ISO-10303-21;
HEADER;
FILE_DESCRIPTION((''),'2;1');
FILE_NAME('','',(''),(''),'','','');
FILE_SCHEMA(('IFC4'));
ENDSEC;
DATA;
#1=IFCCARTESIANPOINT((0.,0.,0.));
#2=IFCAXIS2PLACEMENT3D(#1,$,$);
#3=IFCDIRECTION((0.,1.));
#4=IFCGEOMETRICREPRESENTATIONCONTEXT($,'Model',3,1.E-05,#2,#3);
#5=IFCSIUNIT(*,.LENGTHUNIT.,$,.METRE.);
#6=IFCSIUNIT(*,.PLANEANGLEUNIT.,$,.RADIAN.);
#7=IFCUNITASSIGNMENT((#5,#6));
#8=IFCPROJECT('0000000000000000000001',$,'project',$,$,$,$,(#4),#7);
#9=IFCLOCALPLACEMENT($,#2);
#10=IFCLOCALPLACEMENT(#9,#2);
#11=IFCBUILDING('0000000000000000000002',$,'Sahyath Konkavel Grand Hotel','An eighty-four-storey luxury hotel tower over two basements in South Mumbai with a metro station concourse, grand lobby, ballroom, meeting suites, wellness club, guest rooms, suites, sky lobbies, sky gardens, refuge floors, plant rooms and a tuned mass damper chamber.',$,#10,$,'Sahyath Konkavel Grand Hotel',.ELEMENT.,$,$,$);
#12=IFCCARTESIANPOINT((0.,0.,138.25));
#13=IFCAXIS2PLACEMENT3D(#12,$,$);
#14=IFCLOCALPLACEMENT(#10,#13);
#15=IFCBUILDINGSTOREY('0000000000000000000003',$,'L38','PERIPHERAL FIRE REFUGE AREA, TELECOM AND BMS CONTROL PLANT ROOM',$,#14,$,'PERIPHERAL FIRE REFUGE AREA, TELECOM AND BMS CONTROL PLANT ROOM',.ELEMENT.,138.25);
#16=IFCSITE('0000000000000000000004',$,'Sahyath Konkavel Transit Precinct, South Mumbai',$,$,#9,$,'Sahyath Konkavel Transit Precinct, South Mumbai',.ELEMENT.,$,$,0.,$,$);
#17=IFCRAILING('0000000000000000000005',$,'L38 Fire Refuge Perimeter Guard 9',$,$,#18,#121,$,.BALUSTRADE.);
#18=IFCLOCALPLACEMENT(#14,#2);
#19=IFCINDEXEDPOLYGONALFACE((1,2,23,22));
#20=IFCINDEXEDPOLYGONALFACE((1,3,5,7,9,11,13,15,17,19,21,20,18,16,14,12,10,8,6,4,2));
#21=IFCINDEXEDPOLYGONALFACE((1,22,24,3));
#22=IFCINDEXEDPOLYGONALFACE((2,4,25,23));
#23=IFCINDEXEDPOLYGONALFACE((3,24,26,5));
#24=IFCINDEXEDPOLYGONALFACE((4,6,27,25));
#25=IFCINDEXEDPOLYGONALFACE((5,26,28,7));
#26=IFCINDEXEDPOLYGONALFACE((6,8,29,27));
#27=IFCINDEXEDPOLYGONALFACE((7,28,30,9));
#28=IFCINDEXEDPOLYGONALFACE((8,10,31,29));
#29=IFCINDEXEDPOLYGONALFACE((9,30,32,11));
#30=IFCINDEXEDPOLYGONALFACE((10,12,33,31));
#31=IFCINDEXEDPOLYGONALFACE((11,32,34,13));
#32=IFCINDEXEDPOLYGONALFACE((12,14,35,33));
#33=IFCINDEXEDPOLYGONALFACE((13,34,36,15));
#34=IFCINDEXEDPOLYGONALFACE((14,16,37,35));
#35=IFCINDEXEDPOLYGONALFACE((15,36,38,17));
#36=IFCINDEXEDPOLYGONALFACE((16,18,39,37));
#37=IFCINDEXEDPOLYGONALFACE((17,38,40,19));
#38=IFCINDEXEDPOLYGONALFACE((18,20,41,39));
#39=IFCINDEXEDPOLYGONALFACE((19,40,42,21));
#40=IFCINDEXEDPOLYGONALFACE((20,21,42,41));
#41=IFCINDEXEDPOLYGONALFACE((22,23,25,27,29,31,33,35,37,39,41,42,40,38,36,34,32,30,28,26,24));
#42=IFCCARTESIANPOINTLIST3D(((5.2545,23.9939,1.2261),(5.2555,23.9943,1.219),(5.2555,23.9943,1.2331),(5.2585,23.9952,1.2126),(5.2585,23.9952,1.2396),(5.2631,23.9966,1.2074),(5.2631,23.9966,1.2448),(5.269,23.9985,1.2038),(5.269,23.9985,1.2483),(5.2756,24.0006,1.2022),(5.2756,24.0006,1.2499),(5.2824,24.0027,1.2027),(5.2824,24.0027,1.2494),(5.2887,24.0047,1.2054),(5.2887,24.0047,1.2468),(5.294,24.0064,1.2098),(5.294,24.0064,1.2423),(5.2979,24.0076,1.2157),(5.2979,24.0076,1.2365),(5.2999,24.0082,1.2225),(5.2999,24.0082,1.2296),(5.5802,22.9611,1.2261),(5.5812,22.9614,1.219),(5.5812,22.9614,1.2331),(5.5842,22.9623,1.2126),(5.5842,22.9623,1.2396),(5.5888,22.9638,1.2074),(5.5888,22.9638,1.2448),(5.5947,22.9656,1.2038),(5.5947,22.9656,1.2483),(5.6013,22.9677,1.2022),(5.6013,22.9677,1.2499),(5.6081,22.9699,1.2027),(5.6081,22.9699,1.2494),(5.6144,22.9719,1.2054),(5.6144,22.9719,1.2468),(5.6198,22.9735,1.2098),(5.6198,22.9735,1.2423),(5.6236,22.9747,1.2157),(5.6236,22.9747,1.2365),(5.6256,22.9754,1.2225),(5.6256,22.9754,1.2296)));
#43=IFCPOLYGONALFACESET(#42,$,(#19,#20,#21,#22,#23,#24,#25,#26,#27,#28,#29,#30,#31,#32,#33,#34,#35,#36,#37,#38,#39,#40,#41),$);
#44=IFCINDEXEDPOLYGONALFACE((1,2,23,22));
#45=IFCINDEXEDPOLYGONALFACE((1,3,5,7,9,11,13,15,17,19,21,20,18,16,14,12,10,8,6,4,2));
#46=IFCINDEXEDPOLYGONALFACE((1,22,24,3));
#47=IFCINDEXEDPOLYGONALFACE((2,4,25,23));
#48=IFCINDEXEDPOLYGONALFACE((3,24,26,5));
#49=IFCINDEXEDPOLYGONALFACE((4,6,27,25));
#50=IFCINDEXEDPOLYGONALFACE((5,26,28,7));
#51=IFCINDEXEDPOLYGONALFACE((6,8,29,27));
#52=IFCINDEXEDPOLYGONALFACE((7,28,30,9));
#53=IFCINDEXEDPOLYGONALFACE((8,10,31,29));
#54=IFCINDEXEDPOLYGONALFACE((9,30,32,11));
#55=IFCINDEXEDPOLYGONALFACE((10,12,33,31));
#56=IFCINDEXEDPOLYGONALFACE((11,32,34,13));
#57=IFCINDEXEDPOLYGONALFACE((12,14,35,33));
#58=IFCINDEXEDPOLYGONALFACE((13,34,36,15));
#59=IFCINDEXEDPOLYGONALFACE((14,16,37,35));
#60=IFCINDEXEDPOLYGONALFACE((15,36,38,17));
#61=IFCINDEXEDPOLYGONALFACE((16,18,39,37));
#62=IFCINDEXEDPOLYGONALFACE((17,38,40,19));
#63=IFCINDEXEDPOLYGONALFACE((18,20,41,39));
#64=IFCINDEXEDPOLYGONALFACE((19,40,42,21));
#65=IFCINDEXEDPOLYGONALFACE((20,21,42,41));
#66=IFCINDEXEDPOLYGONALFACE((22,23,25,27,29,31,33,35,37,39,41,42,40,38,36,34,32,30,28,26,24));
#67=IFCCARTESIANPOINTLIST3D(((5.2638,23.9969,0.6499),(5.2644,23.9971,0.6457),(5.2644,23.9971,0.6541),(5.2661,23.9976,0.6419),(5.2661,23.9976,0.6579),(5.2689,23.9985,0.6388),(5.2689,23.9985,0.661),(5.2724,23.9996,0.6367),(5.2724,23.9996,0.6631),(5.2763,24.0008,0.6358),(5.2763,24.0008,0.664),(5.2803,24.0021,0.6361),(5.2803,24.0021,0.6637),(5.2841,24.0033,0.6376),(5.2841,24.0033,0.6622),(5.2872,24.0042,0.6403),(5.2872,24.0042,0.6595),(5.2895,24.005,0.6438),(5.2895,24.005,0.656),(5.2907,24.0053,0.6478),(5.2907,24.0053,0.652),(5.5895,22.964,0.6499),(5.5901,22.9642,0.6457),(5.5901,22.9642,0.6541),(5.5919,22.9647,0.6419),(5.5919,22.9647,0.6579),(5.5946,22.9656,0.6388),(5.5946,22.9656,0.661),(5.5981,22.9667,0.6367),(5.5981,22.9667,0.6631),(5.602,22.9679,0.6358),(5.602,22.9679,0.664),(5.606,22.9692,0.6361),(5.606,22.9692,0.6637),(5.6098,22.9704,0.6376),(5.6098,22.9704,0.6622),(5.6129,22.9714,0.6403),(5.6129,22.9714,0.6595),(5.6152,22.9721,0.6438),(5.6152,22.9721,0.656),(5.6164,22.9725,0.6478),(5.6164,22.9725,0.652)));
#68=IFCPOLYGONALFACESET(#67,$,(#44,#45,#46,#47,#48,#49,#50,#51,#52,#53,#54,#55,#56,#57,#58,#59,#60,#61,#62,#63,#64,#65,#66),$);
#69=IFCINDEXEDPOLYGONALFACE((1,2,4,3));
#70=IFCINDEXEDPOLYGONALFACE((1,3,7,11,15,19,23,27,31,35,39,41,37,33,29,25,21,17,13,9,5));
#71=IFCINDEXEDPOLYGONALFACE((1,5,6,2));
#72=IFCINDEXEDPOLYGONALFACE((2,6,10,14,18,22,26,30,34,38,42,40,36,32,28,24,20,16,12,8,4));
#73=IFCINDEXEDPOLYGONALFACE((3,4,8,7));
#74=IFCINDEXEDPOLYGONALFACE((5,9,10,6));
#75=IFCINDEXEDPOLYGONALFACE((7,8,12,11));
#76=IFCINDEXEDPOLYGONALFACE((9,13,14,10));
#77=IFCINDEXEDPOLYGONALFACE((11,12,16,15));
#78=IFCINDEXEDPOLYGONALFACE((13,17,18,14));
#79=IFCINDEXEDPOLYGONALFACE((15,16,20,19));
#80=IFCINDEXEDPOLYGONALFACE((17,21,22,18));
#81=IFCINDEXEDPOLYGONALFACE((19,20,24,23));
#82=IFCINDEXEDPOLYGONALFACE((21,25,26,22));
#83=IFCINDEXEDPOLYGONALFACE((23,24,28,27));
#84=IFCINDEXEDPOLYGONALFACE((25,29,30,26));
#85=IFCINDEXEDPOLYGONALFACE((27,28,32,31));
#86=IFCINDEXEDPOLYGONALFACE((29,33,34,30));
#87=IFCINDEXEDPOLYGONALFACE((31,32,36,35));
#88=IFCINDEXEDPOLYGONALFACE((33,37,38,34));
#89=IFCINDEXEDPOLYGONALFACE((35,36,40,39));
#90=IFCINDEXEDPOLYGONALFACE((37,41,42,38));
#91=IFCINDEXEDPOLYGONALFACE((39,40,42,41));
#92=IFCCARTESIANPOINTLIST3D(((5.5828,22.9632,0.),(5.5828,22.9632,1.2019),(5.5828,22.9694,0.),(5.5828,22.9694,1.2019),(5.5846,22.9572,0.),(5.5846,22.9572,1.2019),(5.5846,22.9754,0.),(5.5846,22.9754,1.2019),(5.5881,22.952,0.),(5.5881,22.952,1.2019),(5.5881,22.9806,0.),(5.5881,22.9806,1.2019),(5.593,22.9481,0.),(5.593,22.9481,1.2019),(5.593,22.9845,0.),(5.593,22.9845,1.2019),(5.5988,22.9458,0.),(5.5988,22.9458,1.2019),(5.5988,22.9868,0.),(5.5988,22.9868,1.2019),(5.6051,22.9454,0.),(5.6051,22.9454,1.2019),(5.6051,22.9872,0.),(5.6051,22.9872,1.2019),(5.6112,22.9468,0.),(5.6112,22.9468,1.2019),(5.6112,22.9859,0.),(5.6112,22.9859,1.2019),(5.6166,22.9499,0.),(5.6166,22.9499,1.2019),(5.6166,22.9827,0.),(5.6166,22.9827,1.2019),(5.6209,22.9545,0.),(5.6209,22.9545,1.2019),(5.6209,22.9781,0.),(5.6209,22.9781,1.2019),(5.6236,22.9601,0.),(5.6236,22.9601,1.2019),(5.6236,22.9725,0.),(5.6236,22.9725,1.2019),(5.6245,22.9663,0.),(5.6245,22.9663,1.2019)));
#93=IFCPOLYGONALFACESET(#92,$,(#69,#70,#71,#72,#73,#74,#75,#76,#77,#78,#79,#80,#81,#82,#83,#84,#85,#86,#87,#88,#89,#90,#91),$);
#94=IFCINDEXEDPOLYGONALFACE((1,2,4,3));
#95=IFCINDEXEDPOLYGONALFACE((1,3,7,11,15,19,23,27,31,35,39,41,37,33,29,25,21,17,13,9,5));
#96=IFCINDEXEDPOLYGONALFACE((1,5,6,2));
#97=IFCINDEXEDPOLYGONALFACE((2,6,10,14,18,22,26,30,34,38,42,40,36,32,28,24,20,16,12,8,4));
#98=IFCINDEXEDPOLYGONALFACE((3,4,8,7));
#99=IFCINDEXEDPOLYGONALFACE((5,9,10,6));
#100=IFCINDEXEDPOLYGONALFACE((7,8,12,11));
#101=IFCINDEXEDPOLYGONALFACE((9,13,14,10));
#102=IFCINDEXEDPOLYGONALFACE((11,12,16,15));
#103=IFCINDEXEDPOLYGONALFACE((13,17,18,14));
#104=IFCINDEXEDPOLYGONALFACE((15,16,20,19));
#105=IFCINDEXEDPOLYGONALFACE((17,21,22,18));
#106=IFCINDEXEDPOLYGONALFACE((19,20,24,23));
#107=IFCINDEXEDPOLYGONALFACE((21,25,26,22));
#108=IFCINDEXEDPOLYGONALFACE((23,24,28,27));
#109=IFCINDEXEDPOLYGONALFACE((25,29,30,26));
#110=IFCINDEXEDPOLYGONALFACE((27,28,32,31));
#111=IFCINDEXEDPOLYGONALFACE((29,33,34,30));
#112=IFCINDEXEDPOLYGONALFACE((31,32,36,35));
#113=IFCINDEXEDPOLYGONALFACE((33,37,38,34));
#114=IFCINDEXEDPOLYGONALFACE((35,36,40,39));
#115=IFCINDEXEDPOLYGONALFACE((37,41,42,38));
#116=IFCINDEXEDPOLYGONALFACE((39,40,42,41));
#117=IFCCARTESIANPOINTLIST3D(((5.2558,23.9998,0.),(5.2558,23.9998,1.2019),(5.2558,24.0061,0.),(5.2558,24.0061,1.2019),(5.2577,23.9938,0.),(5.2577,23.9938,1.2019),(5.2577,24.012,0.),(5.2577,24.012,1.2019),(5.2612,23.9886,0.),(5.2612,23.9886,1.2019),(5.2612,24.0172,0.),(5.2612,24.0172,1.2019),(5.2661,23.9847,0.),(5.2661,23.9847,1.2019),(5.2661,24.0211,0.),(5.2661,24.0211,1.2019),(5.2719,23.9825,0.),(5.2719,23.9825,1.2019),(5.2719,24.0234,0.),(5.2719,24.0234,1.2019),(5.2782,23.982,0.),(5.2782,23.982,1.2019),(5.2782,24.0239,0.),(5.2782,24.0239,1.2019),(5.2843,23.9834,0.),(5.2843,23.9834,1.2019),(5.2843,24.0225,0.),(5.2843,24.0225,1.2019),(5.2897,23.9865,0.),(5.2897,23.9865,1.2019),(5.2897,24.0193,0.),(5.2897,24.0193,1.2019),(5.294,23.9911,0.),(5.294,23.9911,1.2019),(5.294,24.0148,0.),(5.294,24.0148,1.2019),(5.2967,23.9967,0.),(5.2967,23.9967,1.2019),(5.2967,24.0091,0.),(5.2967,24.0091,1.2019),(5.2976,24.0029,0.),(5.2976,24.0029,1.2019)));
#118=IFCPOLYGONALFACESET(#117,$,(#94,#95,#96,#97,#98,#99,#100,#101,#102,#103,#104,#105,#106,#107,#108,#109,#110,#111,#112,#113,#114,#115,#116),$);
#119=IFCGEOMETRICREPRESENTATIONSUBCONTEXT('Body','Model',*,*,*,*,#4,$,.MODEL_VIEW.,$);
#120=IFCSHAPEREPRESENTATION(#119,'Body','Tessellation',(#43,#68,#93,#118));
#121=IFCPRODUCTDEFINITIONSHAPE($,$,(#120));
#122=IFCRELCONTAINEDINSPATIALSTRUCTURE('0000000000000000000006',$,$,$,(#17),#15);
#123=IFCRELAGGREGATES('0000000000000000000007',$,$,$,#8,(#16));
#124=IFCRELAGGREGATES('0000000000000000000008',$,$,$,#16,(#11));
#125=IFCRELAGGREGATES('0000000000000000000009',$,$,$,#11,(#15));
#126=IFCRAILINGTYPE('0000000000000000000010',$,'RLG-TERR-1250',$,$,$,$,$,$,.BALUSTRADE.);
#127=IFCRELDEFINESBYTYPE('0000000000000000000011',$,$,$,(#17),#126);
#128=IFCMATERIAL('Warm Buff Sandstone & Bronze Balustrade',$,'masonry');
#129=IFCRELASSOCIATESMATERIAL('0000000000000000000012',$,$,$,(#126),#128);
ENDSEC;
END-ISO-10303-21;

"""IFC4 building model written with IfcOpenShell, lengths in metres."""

from ifc_helpers import new_model, si_unit, direction, frame, origin, origin_2d, place, context, subcontext, project, spatial, circle, extrude, material, type_object, element, save


model = new_model("IFC4")

# Units and contexts
model_context = context("Model", 3, precision=1e-05, world=origin(), true_north=direction((0.0, 1.0)))
body_context = subcontext(model_context, "Body", "Model", "MODEL_VIEW")
ifc_project = project(units=[si_unit("LENGTHUNIT", "METRE"), si_unit("PLANEANGLEUNIT", "RADIAN")], contexts=[model_context])

# Site, building, storey
site_placement = place(None, origin())
site = spatial("IfcSite", under=ifc_project, at=site_placement, Name="Sahyath Konkavel Transit Precinct, South Mumbai", LongName="Sahyath Konkavel Transit Precinct, South Mumbai", CompositionType="ELEMENT", RefElevation=0.0)
building_placement = place(site_placement, origin())
building = spatial("IfcBuilding", under=site, at=building_placement, Name="Sahyath Konkavel Grand Hotel", Description="An eighty-four-storey luxury hotel tower over two basements in South Mumbai with a metro station concourse, grand lobby, ballroom, meeting suites, wellness club, guest rooms, suites, sky lobbies, sky gardens, refuge floors, plant rooms and a tuned mass damper chamber.", LongName="Sahyath Konkavel Grand Hotel", CompositionType="ELEMENT")
storey_placement = place(building_placement, frame((0.0, 0.0, 138.25)))
storey = spatial("IfcBuildingStorey", under=building, at=storey_placement, Name="L38", Description="PERIPHERAL FIRE REFUGE AREA, TELECOM AND BMS CONTROL PLANT ROOM", LongName="PERIPHERAL FIRE REFUGE AREA, TELECOM AND BMS CONTROL PLANT ROOM", CompositionType="ELEMENT", Elevation=138.25)

# Railing
ifc_material_1 = material(Name="Warm Buff Sandstone & Bronze Balustrade", Category="masonry")
railing_type = type_object("IfcRailingType", Name="RLG-TERR-1250", PredefinedType="BALUSTRADE", material=ifc_material_1)
railing_1_placement = place(storey_placement, frame((5.6035, 22.9663, 0.0)))
element("IfcRailing", 1, at=railing_1_placement, inside=storey, type_object=railing_type, Name="L38 Fire Refuge Perimeter Guard 9", PredefinedType="BALUSTRADE", context=body_context, shape_type="SweptSolid", body=[
    extrude(circle(Radius=0.0239, at=origin_2d()), frame((-0.0005, 0.002, 1.2261), z_axis=(-0.300755, 0.953701, 0.0), x_axis=(-0.953701, -0.300755, 0.0)), (0.0, 0.0, 1.0), 1.083),
    extrude(circle(Radius=0.0142, at=origin_2d()), frame((-0.0005, 0.002, 0.6499), z_axis=(-0.300755, 0.953701, 0.0), x_axis=(-0.953701, -0.300755, 0.0)), (0.0, 0.0, 1.0), 1.083),
    extrude(circle(Radius=0.021, at=origin_2d()), origin(), (0.0, 0.0, 1.0), 1.2019),
    extrude(circle(Radius=0.021, at=origin_2d()), frame((-0.3269, 1.0366, 0.0)), (0.0, 0.0, 1.0), 1.2019),
])

save(model, "model.ifc")
